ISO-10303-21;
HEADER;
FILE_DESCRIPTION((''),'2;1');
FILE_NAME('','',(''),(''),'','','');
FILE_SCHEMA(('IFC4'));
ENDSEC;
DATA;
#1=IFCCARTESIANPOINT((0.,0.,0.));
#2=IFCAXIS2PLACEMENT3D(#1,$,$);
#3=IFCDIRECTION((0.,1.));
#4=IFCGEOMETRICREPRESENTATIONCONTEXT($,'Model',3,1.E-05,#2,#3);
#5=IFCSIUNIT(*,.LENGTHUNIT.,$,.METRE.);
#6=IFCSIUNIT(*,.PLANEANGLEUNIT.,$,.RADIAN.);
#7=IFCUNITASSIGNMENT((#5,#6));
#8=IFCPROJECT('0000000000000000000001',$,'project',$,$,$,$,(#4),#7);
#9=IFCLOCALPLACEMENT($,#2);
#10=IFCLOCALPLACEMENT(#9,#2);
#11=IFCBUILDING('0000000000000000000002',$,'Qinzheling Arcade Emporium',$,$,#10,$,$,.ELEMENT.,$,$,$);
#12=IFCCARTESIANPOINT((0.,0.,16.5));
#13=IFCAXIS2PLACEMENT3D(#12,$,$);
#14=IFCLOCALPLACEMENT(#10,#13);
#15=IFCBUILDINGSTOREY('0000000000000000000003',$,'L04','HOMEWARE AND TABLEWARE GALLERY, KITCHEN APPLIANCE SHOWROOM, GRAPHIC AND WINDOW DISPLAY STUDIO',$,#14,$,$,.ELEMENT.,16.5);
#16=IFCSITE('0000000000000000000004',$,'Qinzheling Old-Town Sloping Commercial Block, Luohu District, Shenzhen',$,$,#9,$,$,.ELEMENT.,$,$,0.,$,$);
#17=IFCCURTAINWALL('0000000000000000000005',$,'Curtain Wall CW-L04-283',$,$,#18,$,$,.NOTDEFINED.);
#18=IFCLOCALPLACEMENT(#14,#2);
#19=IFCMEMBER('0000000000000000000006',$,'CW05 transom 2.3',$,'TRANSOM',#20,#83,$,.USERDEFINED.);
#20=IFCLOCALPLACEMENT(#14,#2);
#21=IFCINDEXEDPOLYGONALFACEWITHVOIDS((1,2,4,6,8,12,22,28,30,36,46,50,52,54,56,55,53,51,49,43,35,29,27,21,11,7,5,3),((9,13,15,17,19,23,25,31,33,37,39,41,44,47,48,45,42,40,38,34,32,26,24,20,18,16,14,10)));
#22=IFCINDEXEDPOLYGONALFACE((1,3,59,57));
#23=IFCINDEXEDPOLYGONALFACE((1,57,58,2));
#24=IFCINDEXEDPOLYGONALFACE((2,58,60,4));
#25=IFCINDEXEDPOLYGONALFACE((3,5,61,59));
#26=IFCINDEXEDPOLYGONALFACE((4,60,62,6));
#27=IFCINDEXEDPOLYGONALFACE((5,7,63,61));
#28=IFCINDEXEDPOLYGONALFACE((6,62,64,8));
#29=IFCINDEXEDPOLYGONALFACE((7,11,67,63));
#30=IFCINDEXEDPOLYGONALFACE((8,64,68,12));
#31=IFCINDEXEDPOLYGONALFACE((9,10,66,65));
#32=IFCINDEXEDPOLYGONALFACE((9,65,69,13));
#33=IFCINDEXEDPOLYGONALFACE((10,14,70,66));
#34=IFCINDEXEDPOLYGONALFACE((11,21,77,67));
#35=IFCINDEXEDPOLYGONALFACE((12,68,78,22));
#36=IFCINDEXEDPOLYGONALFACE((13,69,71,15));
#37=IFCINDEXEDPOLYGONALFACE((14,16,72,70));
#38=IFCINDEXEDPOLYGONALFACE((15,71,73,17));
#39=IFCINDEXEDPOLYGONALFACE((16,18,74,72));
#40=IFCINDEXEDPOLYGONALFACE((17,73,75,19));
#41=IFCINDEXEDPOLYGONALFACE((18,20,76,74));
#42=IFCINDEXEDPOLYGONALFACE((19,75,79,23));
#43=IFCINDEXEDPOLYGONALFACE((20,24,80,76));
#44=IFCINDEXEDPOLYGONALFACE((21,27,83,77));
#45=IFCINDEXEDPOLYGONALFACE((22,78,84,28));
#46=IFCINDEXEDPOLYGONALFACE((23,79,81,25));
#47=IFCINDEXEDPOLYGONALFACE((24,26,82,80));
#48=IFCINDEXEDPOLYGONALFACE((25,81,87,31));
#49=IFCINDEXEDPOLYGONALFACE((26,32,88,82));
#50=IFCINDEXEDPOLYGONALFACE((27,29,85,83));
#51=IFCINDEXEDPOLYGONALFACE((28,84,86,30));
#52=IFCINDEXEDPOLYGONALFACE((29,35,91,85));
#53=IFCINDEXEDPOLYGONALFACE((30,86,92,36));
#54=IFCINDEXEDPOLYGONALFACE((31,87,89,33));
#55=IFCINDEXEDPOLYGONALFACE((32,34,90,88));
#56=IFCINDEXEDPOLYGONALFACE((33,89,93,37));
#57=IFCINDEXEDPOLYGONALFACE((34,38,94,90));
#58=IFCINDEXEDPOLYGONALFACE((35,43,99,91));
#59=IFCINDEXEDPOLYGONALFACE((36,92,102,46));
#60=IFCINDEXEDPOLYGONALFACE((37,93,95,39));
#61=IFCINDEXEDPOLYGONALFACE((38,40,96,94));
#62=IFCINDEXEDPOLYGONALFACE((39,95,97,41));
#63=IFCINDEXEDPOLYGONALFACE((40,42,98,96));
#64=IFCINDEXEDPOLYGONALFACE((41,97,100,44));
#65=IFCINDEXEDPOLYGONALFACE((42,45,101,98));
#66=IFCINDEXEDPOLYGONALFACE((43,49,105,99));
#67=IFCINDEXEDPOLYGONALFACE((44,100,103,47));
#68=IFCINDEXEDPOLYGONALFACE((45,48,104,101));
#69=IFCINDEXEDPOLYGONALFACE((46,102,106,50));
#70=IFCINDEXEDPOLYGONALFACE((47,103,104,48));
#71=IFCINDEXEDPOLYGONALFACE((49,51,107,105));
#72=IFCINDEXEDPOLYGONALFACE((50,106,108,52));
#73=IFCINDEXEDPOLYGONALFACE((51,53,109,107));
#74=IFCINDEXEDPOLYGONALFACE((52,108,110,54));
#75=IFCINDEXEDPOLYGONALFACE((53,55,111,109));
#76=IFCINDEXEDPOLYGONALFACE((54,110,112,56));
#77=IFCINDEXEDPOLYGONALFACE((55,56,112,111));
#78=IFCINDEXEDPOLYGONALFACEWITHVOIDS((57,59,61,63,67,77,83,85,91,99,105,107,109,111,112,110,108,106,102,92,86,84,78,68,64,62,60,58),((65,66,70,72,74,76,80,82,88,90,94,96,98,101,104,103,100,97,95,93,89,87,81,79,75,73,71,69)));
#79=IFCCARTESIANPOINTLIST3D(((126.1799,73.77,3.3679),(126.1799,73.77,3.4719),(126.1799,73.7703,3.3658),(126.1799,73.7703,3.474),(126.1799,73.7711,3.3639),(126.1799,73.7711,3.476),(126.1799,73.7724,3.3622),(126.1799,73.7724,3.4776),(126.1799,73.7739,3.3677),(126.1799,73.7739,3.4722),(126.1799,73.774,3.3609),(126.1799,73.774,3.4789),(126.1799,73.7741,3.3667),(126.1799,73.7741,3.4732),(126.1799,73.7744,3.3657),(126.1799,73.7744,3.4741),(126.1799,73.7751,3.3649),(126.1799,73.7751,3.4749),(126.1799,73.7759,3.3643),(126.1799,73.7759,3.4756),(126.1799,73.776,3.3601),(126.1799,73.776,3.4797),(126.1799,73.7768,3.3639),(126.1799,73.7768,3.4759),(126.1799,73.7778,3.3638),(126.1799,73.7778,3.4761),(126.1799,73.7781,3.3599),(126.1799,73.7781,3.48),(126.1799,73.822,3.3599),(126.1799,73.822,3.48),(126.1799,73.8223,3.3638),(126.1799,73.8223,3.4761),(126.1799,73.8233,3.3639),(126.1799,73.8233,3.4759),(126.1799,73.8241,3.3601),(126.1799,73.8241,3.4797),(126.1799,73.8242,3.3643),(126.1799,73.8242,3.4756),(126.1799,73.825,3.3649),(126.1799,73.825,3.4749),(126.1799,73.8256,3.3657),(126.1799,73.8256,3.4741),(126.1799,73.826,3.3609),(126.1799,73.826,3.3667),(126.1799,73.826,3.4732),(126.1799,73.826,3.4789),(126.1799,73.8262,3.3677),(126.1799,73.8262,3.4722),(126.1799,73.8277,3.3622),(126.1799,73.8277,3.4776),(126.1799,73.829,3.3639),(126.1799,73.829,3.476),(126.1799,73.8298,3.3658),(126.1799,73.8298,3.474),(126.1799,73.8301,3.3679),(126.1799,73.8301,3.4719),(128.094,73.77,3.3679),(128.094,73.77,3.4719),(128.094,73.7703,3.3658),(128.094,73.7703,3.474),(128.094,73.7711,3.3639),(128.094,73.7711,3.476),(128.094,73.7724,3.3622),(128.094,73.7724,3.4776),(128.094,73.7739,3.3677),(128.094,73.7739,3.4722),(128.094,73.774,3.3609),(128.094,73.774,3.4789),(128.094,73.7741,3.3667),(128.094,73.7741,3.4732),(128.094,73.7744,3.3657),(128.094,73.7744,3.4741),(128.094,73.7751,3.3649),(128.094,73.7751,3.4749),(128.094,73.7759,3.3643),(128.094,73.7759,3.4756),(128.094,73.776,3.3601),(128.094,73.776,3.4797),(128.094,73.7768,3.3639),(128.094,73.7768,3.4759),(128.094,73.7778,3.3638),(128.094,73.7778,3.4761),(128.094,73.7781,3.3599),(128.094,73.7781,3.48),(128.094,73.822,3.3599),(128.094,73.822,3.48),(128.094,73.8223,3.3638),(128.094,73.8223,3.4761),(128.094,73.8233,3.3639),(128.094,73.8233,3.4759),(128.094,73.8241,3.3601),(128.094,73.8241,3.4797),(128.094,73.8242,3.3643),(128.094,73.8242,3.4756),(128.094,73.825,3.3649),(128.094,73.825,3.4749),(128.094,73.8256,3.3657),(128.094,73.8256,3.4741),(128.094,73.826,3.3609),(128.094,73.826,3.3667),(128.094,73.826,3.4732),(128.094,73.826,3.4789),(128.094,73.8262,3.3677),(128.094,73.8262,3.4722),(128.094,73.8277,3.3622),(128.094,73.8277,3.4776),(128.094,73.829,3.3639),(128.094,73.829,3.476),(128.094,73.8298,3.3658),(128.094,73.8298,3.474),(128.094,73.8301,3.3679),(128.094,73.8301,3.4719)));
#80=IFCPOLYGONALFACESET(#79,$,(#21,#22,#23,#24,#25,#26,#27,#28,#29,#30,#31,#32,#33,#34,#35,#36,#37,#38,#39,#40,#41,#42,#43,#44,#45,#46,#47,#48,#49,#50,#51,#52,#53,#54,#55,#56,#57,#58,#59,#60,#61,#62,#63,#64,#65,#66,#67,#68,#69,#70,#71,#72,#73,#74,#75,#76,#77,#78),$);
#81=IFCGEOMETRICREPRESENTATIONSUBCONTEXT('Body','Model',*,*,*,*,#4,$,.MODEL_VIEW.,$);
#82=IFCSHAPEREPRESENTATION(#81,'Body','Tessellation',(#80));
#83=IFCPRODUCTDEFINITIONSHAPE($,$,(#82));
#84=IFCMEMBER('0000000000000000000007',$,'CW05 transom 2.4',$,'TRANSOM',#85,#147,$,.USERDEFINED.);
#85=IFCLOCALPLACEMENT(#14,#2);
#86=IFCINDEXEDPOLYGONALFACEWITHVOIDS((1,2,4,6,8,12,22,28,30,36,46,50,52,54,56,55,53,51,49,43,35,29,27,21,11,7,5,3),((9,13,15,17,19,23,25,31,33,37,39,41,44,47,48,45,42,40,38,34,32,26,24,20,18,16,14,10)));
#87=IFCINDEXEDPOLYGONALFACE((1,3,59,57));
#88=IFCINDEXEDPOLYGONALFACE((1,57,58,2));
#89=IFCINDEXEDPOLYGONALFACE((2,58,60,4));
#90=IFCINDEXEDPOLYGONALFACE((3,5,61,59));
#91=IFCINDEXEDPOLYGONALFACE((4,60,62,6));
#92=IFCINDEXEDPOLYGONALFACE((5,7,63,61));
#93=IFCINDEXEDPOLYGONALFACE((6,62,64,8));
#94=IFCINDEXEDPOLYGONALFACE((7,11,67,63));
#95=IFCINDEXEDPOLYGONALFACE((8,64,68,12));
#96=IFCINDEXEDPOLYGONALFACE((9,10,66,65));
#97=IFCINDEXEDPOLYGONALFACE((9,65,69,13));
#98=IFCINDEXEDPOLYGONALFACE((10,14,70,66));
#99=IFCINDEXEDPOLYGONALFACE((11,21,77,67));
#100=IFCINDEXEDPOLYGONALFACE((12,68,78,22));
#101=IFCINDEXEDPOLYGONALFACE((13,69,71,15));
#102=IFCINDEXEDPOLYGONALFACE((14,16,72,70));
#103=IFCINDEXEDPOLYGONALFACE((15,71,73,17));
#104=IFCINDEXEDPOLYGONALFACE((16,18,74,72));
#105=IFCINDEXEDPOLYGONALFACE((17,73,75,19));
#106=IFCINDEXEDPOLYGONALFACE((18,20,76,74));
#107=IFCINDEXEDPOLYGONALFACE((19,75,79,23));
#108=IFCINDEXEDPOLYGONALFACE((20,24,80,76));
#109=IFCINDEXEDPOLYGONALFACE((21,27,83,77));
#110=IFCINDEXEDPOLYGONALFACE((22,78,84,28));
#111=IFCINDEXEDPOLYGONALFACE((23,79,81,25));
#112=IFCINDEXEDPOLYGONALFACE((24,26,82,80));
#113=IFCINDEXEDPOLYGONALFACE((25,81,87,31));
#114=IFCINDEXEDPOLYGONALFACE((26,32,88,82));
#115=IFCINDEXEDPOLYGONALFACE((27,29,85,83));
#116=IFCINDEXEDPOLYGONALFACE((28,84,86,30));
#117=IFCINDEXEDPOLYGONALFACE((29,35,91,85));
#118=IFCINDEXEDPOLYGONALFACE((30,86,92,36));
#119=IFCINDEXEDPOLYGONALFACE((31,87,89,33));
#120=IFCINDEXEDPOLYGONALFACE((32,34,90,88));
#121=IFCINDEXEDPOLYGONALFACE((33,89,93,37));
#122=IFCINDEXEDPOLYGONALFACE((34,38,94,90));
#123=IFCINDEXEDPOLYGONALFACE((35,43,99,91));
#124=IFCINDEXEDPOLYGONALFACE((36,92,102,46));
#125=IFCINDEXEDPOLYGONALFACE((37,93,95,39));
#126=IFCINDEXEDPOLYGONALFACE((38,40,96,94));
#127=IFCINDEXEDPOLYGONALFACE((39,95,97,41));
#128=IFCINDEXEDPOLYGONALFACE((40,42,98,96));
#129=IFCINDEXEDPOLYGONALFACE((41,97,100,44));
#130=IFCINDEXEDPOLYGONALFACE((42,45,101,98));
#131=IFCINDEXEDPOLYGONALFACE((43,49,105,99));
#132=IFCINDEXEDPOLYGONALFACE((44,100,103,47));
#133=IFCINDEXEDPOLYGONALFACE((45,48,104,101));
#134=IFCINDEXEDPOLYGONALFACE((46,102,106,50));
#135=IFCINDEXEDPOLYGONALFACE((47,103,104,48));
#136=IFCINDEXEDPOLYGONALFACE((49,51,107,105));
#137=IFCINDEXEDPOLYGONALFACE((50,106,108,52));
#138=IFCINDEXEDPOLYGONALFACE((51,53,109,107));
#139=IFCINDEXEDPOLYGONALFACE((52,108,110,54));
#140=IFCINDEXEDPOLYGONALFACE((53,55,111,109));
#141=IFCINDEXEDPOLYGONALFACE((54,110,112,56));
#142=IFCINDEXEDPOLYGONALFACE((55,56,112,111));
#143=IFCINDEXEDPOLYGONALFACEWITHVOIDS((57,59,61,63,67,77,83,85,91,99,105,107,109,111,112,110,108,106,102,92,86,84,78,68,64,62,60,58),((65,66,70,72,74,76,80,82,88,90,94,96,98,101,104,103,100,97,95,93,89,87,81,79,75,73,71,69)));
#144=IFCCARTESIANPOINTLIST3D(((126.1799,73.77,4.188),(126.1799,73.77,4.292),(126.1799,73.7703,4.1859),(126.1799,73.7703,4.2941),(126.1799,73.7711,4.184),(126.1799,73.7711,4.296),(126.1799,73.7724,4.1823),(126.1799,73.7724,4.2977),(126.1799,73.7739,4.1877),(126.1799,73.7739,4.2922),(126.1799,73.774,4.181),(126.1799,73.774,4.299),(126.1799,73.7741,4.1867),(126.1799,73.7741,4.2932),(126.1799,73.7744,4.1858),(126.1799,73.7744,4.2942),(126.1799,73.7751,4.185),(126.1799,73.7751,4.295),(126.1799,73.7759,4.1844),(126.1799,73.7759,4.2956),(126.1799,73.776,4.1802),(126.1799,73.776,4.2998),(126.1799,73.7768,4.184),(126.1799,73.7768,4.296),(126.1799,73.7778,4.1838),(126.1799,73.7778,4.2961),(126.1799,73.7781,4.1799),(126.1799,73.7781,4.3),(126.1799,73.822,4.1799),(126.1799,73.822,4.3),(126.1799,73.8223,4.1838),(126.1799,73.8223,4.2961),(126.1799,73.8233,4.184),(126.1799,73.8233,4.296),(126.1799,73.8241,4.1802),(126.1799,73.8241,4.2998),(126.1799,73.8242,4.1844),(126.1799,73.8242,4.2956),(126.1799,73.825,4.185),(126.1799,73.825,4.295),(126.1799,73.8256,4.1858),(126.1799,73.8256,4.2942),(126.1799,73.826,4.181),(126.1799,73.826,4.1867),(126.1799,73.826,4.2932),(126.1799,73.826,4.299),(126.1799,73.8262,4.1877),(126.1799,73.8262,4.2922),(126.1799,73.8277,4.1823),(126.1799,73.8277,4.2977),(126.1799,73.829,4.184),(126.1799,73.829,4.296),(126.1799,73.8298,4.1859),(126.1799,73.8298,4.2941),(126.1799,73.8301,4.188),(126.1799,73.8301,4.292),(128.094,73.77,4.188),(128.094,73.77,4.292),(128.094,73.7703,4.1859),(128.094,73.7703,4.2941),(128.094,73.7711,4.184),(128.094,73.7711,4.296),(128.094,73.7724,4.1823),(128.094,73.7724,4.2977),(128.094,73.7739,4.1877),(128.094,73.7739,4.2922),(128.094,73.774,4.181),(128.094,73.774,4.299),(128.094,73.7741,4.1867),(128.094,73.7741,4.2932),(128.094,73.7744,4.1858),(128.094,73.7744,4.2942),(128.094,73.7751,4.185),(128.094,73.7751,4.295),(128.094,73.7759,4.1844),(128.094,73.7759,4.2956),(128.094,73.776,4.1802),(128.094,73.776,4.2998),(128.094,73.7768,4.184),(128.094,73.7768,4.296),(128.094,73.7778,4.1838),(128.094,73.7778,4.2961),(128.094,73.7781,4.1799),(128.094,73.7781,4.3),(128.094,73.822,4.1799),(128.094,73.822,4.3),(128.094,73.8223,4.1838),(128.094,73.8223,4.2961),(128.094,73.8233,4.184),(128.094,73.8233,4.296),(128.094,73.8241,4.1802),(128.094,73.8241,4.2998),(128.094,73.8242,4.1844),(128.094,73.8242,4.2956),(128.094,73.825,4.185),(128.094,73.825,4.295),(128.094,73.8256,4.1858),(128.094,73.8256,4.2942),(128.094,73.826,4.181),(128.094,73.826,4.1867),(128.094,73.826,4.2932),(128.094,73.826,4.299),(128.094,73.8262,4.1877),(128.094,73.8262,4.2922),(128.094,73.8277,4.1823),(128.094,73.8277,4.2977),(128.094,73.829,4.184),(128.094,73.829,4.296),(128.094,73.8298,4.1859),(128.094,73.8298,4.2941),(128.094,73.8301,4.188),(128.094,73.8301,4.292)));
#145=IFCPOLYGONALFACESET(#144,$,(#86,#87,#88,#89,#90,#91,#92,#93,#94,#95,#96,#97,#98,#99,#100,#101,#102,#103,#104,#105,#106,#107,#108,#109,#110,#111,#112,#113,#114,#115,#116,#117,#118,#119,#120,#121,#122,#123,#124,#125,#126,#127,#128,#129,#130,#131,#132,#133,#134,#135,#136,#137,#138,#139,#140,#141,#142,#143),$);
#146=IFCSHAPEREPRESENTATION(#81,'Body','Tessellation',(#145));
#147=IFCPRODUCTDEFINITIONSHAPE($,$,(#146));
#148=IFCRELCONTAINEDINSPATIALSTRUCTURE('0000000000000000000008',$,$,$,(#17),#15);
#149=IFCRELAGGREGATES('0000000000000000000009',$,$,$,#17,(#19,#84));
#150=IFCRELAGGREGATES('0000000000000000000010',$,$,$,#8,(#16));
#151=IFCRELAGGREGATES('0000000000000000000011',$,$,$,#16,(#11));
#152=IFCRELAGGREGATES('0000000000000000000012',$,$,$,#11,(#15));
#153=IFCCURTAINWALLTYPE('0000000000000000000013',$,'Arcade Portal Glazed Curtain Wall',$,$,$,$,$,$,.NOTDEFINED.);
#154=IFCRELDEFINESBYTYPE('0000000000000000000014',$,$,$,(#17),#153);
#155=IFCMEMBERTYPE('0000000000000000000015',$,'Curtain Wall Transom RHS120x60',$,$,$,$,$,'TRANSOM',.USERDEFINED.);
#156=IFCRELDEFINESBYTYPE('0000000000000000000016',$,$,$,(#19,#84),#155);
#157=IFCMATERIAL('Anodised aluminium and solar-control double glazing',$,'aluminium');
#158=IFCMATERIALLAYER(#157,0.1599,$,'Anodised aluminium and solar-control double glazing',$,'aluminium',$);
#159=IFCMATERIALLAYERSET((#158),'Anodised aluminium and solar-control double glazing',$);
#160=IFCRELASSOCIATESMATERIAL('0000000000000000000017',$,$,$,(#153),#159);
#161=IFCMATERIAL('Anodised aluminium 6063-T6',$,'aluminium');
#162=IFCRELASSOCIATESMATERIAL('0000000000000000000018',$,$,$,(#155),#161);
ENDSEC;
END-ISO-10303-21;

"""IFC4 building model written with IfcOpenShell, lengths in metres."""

from ifc_helpers import new_model, si_unit, direction, frame, origin, origin_2d, place, context, subcontext, project, spatial, hollow_rectangle, extrude, material, layer, layer_set, material_profile, profile_set, type_object, element, aggregate, save


model = new_model("IFC4")

# Units and contexts
model_context = context("Model", 3, precision=1e-05, world=origin(), true_north=direction((0.0, 1.0)))
body_context = subcontext(model_context, "Body", "Model", "MODEL_VIEW")
ifc_project = project(units=[si_unit("LENGTHUNIT", "METRE"), si_unit("PLANEANGLEUNIT", "RADIAN")], contexts=[model_context])

# Site, building, storey
site_placement = place(None, origin())
site = spatial("IfcSite", under=ifc_project, at=site_placement, Name="Qinzheling Old-Town Sloping Commercial Block, Luohu District, Shenzhen", CompositionType="ELEMENT", RefElevation=0.0)
building_placement = place(site_placement, origin())
building = spatial("IfcBuilding", under=site, at=building_placement, Name="Qinzheling Arcade Emporium", CompositionType="ELEMENT")
storey_placement = place(building_placement, frame((0.0, 0.0, 16.5)))
storey = spatial("IfcBuildingStorey", under=building, at=storey_placement, Name="L04", Description="HOMEWARE AND TABLEWARE GALLERY, KITCHEN APPLIANCE SHOWROOM, GRAPHIC AND WINDOW DISPLAY STUDIO", CompositionType="ELEMENT", Elevation=16.5)

# Shared definitions
ifc_material_1 = material(Name="Anodised aluminium and solar-control double glazing", Category="aluminium")
ifc_layer_1 = layer(ifc_material_1, 0.1599, Name="Anodised aluminium and solar-control double glazing", Category="aluminium")
ifc_layer_set_1 = layer_set([ifc_layer_1], Name="Anodised aluminium and solar-control double glazing")
curtain_wall_type = type_object("IfcCurtainWallType", Name="Arcade Portal Glazed Curtain Wall", PredefinedType="NOTDEFINED", material=ifc_layer_set_1)
ifc_material_2 = material(Name="Anodised aluminium 6063-T6", Category="aluminium")

# Curtain wall, members
curtain_wall_1_placement = place(storey_placement, origin())
curtain_wall_1 = element("IfcCurtainWall", 1, at=curtain_wall_1_placement, inside=storey, type_object=curtain_wall_type, Name="Curtain Wall CW-L04-283", PredefinedType="NOTDEFINED")
ifc_material_profile_1 = material_profile(ifc_material_2, hollow_rectangle(XDim=0.0601, YDim=0.1201, WallThickness=0.0039, InnerFilletRadius=0.0039, OuterFilletRadius=0.0081, at=origin_2d()), Name="RHS 120x60x4", Category="aluminium")
ifc_profile_set_1 = profile_set([ifc_material_profile_1], Name="Anodised aluminium 6063-T6")
member_type_1 = type_object("IfcMemberType", Name="Curtain Wall Transom RHS120x60", ElementType="TRANSOM", PredefinedType="USERDEFINED", material=ifc_profile_set_1)
member_1_placement = place(storey_placement, frame((128.094, 73.8, 3.4199), z_axis=(-1.0, 0.0, 0.0), x_axis=(0.0, -1.0, 0.0)))
member_1 = element("IfcMember", 2, at=member_1_placement, type_object=member_type_1, Name="CW05 transom 2.3", ObjectType="TRANSOM", PredefinedType="USERDEFINED", context=body_context, shape_type="SweptSolid", body=[
    extrude(hollow_rectangle(XDim=0.0601, YDim=0.1201, WallThickness=0.0039, InnerFilletRadius=0.0039, OuterFilletRadius=0.0081, at=origin_2d()), origin(), (0.0, 0.0, 1.0), 1.9141),
])
member_2_placement = place(storey_placement, frame((128.094, 73.8, 4.24), z_axis=(-1.0, 0.0, 0.0), x_axis=(0.0, -1.0, 0.0)))
member_2 = element("IfcMember", 3, at=member_2_placement, type_object=member_type_1, Name="CW05 transom 2.4", ObjectType="TRANSOM", PredefinedType="USERDEFINED", context=body_context, shape_type="SweptSolid", body=[
    extrude(hollow_rectangle(XDim=0.0601, YDim=0.1201, WallThickness=0.0039, InnerFilletRadius=0.0039, OuterFilletRadius=0.0081, at=origin_2d()), origin(), (0.0, 0.0, 1.0), 1.9141),
])

aggregate(curtain_wall_1, [member_1, member_2])

save(model, "model.ifc")
